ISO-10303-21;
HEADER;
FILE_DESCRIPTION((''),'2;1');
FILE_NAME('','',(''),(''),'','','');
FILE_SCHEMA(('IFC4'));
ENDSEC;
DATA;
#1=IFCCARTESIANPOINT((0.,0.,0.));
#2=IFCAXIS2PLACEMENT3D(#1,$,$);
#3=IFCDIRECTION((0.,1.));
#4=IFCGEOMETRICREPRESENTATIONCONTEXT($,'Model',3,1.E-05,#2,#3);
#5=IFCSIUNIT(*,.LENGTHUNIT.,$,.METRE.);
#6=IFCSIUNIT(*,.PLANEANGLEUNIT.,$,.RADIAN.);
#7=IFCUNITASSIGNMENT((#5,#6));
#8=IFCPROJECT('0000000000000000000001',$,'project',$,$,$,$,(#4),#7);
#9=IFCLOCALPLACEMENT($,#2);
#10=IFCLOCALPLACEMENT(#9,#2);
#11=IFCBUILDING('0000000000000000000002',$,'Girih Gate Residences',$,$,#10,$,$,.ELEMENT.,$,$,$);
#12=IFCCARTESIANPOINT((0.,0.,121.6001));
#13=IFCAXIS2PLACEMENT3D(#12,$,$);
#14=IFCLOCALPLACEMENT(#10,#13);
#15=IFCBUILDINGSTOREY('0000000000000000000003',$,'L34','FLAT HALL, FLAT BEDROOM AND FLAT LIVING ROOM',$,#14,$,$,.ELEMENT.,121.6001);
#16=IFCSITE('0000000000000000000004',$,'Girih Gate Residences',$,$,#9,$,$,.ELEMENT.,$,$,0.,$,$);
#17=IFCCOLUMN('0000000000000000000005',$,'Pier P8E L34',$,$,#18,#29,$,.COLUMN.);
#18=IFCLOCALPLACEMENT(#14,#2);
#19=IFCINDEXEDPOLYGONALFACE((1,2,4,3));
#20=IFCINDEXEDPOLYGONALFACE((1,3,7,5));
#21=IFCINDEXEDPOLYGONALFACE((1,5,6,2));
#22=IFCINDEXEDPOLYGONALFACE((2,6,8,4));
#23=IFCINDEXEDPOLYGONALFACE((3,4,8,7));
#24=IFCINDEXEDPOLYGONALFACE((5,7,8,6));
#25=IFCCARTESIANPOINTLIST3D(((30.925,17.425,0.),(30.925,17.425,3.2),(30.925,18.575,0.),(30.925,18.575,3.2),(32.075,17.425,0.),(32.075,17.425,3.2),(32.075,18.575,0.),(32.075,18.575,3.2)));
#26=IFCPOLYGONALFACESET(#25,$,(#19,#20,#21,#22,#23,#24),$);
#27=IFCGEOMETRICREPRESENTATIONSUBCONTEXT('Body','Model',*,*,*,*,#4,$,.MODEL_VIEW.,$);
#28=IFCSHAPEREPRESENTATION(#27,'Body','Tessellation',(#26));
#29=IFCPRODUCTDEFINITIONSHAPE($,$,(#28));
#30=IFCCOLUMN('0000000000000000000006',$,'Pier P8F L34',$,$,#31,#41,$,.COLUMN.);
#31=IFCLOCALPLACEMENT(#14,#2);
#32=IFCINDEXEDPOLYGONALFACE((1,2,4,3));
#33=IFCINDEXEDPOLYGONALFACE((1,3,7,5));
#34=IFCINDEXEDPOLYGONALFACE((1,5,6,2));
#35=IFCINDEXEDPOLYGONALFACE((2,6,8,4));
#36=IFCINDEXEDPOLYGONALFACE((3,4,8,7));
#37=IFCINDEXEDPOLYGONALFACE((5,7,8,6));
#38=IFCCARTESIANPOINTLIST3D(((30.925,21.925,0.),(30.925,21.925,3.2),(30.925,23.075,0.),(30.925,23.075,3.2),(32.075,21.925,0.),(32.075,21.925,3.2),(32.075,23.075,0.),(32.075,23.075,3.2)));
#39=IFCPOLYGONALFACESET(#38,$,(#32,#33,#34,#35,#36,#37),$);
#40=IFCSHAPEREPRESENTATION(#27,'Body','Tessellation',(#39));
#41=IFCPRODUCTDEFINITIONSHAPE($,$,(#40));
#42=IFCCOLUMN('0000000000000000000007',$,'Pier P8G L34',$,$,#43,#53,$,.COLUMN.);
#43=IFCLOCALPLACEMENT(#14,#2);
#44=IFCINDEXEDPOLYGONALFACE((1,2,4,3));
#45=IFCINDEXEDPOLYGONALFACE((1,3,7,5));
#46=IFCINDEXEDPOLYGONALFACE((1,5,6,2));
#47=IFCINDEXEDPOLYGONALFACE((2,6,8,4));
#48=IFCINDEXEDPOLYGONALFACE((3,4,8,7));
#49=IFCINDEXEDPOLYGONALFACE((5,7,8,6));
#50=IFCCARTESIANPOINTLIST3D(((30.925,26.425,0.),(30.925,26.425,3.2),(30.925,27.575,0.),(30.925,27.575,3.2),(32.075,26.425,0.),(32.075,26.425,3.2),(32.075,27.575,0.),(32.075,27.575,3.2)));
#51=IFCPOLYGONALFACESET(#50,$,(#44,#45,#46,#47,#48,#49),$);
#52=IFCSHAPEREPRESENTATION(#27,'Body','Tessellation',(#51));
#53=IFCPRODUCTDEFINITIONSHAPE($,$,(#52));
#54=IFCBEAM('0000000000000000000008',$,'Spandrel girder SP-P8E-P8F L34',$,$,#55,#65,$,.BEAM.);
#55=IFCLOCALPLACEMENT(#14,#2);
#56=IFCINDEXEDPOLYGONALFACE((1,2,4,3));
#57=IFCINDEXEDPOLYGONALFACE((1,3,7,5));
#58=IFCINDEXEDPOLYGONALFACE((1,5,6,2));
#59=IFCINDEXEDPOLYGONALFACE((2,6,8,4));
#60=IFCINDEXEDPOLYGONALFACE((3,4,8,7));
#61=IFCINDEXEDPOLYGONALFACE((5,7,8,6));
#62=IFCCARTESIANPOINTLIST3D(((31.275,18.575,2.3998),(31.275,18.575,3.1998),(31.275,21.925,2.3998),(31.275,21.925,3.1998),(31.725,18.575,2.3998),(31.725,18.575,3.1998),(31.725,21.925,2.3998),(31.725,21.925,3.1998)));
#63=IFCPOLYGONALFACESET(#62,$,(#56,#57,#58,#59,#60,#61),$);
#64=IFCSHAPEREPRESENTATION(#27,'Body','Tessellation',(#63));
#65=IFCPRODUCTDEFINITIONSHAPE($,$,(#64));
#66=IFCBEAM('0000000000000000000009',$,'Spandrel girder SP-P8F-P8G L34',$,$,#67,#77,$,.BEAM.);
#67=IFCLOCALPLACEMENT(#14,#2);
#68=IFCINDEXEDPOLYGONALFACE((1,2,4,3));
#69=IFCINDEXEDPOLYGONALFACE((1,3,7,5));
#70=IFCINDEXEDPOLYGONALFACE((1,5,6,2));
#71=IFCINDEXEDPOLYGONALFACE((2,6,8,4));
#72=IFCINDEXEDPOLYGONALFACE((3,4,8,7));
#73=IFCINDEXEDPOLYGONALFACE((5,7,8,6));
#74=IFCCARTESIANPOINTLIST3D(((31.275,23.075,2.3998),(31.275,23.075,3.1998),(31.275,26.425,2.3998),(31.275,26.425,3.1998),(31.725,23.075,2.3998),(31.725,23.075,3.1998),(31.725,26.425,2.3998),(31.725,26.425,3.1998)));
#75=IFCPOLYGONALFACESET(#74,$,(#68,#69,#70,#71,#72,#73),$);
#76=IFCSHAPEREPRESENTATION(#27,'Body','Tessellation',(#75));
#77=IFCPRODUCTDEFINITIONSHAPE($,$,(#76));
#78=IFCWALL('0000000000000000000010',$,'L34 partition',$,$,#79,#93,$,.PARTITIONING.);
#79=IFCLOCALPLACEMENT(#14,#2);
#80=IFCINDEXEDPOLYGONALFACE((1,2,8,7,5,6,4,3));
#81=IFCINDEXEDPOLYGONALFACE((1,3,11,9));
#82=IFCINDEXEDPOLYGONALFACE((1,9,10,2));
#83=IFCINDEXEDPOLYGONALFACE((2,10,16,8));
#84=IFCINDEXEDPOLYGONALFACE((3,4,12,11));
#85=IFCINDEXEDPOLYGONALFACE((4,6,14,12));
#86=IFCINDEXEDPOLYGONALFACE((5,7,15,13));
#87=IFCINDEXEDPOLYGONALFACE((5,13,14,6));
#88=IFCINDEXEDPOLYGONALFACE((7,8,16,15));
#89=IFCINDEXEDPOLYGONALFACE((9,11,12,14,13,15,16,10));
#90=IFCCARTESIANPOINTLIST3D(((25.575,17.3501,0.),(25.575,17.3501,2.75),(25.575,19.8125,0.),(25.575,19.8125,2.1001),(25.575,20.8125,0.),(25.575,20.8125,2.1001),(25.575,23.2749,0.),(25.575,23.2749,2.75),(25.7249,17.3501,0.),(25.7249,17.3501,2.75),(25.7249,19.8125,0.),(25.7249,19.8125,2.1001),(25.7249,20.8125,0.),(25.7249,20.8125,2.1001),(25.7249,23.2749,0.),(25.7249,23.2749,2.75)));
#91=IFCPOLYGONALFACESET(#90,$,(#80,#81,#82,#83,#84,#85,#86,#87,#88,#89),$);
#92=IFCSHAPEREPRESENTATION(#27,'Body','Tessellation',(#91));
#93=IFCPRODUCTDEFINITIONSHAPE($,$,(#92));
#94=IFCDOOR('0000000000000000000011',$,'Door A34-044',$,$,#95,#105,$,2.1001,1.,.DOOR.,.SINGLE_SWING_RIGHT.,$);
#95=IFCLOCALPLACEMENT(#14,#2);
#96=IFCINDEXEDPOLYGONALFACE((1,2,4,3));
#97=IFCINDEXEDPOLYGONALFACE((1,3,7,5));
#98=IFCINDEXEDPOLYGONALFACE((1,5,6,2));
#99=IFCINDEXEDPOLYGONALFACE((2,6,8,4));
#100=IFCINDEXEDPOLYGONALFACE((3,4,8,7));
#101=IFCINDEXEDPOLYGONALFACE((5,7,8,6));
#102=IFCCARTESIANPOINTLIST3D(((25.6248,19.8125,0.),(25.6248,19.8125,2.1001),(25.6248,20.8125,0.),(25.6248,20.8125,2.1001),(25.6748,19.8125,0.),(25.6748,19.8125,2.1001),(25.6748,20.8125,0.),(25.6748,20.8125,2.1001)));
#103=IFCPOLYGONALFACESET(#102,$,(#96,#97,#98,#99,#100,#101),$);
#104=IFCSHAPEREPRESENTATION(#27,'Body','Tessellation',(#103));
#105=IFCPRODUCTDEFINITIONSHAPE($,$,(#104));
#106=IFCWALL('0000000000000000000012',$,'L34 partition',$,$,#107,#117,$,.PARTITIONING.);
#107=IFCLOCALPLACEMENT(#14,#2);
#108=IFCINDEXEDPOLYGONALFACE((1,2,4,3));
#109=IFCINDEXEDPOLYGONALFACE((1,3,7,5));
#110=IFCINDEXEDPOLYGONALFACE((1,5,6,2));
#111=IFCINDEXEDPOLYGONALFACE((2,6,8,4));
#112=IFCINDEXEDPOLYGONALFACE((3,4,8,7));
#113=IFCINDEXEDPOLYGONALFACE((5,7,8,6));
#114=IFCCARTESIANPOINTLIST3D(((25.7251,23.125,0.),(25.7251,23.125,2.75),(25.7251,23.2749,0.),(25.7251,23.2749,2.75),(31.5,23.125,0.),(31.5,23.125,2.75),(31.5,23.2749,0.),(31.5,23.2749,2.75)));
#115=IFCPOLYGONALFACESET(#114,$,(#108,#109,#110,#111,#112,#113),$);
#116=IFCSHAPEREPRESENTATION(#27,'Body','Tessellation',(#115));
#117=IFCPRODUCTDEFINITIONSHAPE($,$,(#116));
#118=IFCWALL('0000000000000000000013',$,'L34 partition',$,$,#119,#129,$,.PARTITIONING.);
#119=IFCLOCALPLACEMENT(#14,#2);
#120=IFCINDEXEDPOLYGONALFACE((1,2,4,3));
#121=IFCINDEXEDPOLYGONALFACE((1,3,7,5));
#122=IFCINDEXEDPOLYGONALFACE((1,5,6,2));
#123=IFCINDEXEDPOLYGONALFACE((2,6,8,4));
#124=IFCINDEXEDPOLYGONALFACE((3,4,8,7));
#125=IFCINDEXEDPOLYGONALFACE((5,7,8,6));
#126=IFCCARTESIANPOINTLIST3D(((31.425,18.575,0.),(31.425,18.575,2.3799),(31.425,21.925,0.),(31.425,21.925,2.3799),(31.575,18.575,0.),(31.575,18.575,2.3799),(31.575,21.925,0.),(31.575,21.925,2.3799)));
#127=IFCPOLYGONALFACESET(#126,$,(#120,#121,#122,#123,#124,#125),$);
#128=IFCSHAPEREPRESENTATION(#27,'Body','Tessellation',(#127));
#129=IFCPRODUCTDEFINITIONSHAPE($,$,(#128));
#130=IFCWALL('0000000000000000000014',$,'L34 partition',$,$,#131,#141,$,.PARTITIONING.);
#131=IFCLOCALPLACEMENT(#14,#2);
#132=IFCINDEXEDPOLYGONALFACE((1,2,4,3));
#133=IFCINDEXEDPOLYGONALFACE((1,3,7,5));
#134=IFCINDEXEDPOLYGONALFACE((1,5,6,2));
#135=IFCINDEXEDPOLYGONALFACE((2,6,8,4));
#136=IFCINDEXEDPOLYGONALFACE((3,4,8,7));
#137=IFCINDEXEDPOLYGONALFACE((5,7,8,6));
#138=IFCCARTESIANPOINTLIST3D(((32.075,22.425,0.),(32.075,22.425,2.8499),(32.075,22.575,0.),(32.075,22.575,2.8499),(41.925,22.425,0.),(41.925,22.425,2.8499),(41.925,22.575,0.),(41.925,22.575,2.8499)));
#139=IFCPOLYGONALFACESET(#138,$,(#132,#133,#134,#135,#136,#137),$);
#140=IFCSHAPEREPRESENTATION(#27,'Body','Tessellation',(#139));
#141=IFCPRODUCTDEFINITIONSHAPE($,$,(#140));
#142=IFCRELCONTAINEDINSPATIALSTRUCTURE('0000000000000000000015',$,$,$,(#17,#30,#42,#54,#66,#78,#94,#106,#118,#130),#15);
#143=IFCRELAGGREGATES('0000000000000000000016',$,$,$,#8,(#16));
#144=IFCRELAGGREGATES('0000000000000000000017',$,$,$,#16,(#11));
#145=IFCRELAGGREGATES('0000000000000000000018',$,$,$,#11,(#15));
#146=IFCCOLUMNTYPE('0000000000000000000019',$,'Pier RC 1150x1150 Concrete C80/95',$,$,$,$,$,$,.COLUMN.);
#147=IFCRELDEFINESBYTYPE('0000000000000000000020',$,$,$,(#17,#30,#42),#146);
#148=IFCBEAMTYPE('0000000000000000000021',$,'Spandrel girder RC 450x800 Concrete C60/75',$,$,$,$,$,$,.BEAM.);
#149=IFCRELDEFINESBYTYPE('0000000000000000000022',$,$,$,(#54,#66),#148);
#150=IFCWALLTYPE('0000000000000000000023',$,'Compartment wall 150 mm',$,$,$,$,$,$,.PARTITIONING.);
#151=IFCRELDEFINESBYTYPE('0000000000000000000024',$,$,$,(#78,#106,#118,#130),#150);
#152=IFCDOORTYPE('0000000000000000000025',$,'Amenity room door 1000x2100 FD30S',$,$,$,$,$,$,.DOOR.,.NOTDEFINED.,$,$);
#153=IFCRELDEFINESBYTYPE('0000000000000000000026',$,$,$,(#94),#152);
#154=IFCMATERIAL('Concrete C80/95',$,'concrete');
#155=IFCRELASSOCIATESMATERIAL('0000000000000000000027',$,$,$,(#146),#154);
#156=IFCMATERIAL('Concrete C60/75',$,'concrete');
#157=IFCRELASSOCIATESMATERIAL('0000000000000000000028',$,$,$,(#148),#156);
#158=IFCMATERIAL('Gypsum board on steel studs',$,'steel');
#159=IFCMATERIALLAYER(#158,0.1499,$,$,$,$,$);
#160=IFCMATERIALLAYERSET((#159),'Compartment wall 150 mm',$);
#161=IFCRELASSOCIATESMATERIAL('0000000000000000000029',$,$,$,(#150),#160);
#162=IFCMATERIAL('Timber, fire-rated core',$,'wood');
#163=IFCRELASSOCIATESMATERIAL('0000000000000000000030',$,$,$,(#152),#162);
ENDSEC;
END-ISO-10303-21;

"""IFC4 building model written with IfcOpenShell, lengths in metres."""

from ifc_helpers import new_model, si_unit, direction, frame, frame_2d, origin, origin_2d, place, context, subcontext, project, spatial, rectangle, extrude, material, layer, layer_set, material_profile, profile_set, type_object, element, fill, save


model = new_model("IFC4")

# Units and contexts
model_context = context("Model", 3, precision=1e-05, world=origin(), true_north=direction((0.0, 1.0)))
body_context = subcontext(model_context, "Body", "Model", "MODEL_VIEW")
ifc_project = project(units=[si_unit("LENGTHUNIT", "METRE"), si_unit("PLANEANGLEUNIT", "RADIAN")], contexts=[model_context])

# Site, building, storey
site_placement = place(None, origin())
site = spatial("IfcSite", under=ifc_project, at=site_placement, Name="Girih Gate Residences", CompositionType="ELEMENT", RefElevation=0.0)
building_placement = place(site_placement, origin())
building = spatial("IfcBuilding", under=site, at=building_placement, Name="Girih Gate Residences", CompositionType="ELEMENT")
storey_placement = place(building_placement, frame((0.0, 0.0, 121.6001)))
storey = spatial("IfcBuildingStorey", under=building, at=storey_placement, Name="L34", Description="FLAT HALL, FLAT BEDROOM AND FLAT LIVING ROOM", CompositionType="ELEMENT", Elevation=121.6001)

# Columns
ifc_material_1 = material(Name="Concrete C80/95", Category="concrete")
ifc_material_profile_1 = material_profile(ifc_material_1, rectangle(XDim=1.1499, YDim=1.1499, at=origin_2d()))
ifc_profile_set_1 = profile_set([ifc_material_profile_1], Name="Concrete C80/95")
column_type = type_object("IfcColumnType", Name="Pier RC 1150x1150 Concrete C80/95", PredefinedType="COLUMN", material=ifc_profile_set_1)
for number, where, z_axis, x_axis, name in (
    (1, (31.5, 18.0, 0.0), (0.0, 0.0, 1.0), (1.0, 0.0, 0.0), "Pier P8E L34"),
    (2, (31.5, 22.5, 0.0), (0.0, 0.0, 1.0), (1.0, 0.0, 0.0), "Pier P8F L34"),
    (3, (31.5, 27.0, 0.0), (0.0, 0.0, 1.0), (1.0, 0.0, 0.0), "Pier P8G L34"),
):
    element("IfcColumn", number, at=place(storey_placement, frame(where, z_axis=z_axis, x_axis=x_axis)), inside=storey, type_object=column_type, Name=name, PredefinedType="COLUMN", context=body_context, shape_type="SweptSolid", body=[
        extrude(rectangle(XDim=1.1499, YDim=1.1499, at=origin_2d()), origin(), (0.0, 0.0, 1.0), 3.2),
    ])

# Beams
ifc_material_2 = material(Name="Concrete C60/75", Category="concrete")
ifc_material_profile_2 = material_profile(ifc_material_2, rectangle(XDim=0.45, YDim=0.8, at=origin_2d()))
ifc_profile_set_2 = profile_set([ifc_material_profile_2], Name="Concrete C60/75")
beam_type = type_object("IfcBeamType", Name="Spandrel girder RC 450x800 Concrete C60/75", PredefinedType="BEAM", material=ifc_profile_set_2)
for number, where, z_axis, x_axis, name in (
    (4, (31.5, 18.575, 2.7998), (0.0, 1.0, 0.0), (-1.0, 0.0, 0.0), "Spandrel girder SP-P8E-P8F L34"),
    (5, (31.5, 23.075, 2.7998), (0.0, 1.0, 0.0), (-1.0, 0.0, 0.0), "Spandrel girder SP-P8F-P8G L34"),
):
    element("IfcBeam", number, at=place(storey_placement, frame(where, z_axis=z_axis, x_axis=x_axis)), inside=storey, type_object=beam_type, Name=name, PredefinedType="BEAM", context=body_context, shape_type="SweptSolid", body=[
        extrude(rectangle(XDim=0.45, YDim=0.8, at=origin_2d()), origin(), (0.0, 0.0, 1.0), 3.3501),
    ])

# Wall, opening, door
ifc_material_3 = material(Name="Gypsum board on steel studs", Category="steel")
ifc_layer_1 = layer(ifc_material_3, 0.1499)
ifc_layer_set_1 = layer_set([ifc_layer_1], Name="Compartment wall 150 mm")
wall_type_1 = type_object("IfcWallType", Name="Compartment wall 150 mm", PredefinedType="PARTITIONING", material=ifc_layer_set_1)
wall_1_placement = place(storey_placement, frame((25.6499, 23.2749, 0.0), z_axis=(0.0, 0.0, 1.0), x_axis=(0.0, -1.0, 0.0)))
wall_1 = element("IfcWall", 6, at=wall_1_placement, inside=storey, type_object=wall_type_1, Name="L34 partition", PredefinedType="PARTITIONING", context=body_context, shape_type="SweptSolid", body=[
    extrude(rectangle(XDim=5.9248, YDim=0.1499, at=frame_2d((2.9624, 0.0))), origin(), (0.0, 0.0, 1.0), 2.75),
])
opening_1_placement = place(wall_1_placement, frame((2.4624, 0.0, 0.0)))
opening_1 = element("IfcOpeningElement", 7, at=opening_1_placement, cuts=wall_1, PredefinedType="OPENING", context=body_context, shape_type="SweptSolid", body=[
    extrude(rectangle(XDim=1.0, YDim=2.1001, at=frame_2d((0.5, 1.05))), frame((0.0, 0.085, 0.0), z_axis=(0.0, -1.0, 0.0), x_axis=(1.0, 0.0, 0.0)), (0.0, 0.0, 1.0), 0.1699),
])
ifc_material_4 = material(Name="Timber, fire-rated core", Category="wood")
door_type_1 = type_object("IfcDoorType", Name="Amenity room door 1000x2100 FD30S", OperationType="NOTDEFINED", PredefinedType="DOOR", material=ifc_material_4)
door_1_placement = place(opening_1_placement, origin())
door_1 = element("IfcDoor", 8, at=door_1_placement, inside=storey, type_object=door_type_1, Name="Door A34-044", OperationType="SINGLE_SWING_RIGHT", OverallHeight=2.1001, OverallWidth=1.0, PredefinedType="DOOR", context=body_context, shape_type="SweptSolid", body=[
    extrude(rectangle(XDim=1.0, YDim=2.1001, at=frame_2d((0.5, 1.05))), frame((0.0, 0.0249, 0.0), z_axis=(0.0, -1.0, 0.0), x_axis=(1.0, 0.0, 0.0)), (0.0, 0.0, 1.0), 0.05),
])
fill(opening_1, door_1)

# Walls
wall_2_placement = place(storey_placement, frame((25.7251, 23.2, 0.0), z_axis=(0.0, 0.0, 1.0), x_axis=(1.0, 0.0, 0.0)))
element("IfcWall", 9, at=wall_2_placement, inside=storey, type_object=wall_type_1, Name="L34 partition", PredefinedType="PARTITIONING", context=body_context, shape_type="SweptSolid", body=[
    extrude(rectangle(XDim=5.7749, YDim=0.1499, at=frame_2d((2.8875, 0.0))), origin(), (0.0, 0.0, 1.0), 2.75),
])
wall_3_placement = place(storey_placement, frame((31.5, 18.575, 0.0), z_axis=(0.0, 0.0, 1.0), x_axis=(0.0, 1.0, 0.0)))
element("IfcWall", 10, at=wall_3_placement, inside=storey, type_object=wall_type_1, Name="L34 partition", PredefinedType="PARTITIONING", context=body_context, shape_type="SweptSolid", body=[
    extrude(rectangle(XDim=3.3501, YDim=0.1499, at=frame_2d((1.675, 0.0))), origin(), (0.0, 0.0, 1.0), 2.3799),
])
wall_4_placement = place(storey_placement, frame((32.075, 22.5, 0.0), z_axis=(0.0, 0.0, 1.0), x_axis=(1.0, 0.0, 0.0)))
element("IfcWall", 11, at=wall_4_placement, inside=storey, type_object=wall_type_1, Name="L34 partition", PredefinedType="PARTITIONING", context=body_context, shape_type="SweptSolid", body=[
    extrude(rectangle(XDim=9.8501, YDim=0.1499, at=frame_2d((4.925, 0.0))), origin(), (0.0, 0.0, 1.0), 2.8499),
])

save(model, "model.ifc")
